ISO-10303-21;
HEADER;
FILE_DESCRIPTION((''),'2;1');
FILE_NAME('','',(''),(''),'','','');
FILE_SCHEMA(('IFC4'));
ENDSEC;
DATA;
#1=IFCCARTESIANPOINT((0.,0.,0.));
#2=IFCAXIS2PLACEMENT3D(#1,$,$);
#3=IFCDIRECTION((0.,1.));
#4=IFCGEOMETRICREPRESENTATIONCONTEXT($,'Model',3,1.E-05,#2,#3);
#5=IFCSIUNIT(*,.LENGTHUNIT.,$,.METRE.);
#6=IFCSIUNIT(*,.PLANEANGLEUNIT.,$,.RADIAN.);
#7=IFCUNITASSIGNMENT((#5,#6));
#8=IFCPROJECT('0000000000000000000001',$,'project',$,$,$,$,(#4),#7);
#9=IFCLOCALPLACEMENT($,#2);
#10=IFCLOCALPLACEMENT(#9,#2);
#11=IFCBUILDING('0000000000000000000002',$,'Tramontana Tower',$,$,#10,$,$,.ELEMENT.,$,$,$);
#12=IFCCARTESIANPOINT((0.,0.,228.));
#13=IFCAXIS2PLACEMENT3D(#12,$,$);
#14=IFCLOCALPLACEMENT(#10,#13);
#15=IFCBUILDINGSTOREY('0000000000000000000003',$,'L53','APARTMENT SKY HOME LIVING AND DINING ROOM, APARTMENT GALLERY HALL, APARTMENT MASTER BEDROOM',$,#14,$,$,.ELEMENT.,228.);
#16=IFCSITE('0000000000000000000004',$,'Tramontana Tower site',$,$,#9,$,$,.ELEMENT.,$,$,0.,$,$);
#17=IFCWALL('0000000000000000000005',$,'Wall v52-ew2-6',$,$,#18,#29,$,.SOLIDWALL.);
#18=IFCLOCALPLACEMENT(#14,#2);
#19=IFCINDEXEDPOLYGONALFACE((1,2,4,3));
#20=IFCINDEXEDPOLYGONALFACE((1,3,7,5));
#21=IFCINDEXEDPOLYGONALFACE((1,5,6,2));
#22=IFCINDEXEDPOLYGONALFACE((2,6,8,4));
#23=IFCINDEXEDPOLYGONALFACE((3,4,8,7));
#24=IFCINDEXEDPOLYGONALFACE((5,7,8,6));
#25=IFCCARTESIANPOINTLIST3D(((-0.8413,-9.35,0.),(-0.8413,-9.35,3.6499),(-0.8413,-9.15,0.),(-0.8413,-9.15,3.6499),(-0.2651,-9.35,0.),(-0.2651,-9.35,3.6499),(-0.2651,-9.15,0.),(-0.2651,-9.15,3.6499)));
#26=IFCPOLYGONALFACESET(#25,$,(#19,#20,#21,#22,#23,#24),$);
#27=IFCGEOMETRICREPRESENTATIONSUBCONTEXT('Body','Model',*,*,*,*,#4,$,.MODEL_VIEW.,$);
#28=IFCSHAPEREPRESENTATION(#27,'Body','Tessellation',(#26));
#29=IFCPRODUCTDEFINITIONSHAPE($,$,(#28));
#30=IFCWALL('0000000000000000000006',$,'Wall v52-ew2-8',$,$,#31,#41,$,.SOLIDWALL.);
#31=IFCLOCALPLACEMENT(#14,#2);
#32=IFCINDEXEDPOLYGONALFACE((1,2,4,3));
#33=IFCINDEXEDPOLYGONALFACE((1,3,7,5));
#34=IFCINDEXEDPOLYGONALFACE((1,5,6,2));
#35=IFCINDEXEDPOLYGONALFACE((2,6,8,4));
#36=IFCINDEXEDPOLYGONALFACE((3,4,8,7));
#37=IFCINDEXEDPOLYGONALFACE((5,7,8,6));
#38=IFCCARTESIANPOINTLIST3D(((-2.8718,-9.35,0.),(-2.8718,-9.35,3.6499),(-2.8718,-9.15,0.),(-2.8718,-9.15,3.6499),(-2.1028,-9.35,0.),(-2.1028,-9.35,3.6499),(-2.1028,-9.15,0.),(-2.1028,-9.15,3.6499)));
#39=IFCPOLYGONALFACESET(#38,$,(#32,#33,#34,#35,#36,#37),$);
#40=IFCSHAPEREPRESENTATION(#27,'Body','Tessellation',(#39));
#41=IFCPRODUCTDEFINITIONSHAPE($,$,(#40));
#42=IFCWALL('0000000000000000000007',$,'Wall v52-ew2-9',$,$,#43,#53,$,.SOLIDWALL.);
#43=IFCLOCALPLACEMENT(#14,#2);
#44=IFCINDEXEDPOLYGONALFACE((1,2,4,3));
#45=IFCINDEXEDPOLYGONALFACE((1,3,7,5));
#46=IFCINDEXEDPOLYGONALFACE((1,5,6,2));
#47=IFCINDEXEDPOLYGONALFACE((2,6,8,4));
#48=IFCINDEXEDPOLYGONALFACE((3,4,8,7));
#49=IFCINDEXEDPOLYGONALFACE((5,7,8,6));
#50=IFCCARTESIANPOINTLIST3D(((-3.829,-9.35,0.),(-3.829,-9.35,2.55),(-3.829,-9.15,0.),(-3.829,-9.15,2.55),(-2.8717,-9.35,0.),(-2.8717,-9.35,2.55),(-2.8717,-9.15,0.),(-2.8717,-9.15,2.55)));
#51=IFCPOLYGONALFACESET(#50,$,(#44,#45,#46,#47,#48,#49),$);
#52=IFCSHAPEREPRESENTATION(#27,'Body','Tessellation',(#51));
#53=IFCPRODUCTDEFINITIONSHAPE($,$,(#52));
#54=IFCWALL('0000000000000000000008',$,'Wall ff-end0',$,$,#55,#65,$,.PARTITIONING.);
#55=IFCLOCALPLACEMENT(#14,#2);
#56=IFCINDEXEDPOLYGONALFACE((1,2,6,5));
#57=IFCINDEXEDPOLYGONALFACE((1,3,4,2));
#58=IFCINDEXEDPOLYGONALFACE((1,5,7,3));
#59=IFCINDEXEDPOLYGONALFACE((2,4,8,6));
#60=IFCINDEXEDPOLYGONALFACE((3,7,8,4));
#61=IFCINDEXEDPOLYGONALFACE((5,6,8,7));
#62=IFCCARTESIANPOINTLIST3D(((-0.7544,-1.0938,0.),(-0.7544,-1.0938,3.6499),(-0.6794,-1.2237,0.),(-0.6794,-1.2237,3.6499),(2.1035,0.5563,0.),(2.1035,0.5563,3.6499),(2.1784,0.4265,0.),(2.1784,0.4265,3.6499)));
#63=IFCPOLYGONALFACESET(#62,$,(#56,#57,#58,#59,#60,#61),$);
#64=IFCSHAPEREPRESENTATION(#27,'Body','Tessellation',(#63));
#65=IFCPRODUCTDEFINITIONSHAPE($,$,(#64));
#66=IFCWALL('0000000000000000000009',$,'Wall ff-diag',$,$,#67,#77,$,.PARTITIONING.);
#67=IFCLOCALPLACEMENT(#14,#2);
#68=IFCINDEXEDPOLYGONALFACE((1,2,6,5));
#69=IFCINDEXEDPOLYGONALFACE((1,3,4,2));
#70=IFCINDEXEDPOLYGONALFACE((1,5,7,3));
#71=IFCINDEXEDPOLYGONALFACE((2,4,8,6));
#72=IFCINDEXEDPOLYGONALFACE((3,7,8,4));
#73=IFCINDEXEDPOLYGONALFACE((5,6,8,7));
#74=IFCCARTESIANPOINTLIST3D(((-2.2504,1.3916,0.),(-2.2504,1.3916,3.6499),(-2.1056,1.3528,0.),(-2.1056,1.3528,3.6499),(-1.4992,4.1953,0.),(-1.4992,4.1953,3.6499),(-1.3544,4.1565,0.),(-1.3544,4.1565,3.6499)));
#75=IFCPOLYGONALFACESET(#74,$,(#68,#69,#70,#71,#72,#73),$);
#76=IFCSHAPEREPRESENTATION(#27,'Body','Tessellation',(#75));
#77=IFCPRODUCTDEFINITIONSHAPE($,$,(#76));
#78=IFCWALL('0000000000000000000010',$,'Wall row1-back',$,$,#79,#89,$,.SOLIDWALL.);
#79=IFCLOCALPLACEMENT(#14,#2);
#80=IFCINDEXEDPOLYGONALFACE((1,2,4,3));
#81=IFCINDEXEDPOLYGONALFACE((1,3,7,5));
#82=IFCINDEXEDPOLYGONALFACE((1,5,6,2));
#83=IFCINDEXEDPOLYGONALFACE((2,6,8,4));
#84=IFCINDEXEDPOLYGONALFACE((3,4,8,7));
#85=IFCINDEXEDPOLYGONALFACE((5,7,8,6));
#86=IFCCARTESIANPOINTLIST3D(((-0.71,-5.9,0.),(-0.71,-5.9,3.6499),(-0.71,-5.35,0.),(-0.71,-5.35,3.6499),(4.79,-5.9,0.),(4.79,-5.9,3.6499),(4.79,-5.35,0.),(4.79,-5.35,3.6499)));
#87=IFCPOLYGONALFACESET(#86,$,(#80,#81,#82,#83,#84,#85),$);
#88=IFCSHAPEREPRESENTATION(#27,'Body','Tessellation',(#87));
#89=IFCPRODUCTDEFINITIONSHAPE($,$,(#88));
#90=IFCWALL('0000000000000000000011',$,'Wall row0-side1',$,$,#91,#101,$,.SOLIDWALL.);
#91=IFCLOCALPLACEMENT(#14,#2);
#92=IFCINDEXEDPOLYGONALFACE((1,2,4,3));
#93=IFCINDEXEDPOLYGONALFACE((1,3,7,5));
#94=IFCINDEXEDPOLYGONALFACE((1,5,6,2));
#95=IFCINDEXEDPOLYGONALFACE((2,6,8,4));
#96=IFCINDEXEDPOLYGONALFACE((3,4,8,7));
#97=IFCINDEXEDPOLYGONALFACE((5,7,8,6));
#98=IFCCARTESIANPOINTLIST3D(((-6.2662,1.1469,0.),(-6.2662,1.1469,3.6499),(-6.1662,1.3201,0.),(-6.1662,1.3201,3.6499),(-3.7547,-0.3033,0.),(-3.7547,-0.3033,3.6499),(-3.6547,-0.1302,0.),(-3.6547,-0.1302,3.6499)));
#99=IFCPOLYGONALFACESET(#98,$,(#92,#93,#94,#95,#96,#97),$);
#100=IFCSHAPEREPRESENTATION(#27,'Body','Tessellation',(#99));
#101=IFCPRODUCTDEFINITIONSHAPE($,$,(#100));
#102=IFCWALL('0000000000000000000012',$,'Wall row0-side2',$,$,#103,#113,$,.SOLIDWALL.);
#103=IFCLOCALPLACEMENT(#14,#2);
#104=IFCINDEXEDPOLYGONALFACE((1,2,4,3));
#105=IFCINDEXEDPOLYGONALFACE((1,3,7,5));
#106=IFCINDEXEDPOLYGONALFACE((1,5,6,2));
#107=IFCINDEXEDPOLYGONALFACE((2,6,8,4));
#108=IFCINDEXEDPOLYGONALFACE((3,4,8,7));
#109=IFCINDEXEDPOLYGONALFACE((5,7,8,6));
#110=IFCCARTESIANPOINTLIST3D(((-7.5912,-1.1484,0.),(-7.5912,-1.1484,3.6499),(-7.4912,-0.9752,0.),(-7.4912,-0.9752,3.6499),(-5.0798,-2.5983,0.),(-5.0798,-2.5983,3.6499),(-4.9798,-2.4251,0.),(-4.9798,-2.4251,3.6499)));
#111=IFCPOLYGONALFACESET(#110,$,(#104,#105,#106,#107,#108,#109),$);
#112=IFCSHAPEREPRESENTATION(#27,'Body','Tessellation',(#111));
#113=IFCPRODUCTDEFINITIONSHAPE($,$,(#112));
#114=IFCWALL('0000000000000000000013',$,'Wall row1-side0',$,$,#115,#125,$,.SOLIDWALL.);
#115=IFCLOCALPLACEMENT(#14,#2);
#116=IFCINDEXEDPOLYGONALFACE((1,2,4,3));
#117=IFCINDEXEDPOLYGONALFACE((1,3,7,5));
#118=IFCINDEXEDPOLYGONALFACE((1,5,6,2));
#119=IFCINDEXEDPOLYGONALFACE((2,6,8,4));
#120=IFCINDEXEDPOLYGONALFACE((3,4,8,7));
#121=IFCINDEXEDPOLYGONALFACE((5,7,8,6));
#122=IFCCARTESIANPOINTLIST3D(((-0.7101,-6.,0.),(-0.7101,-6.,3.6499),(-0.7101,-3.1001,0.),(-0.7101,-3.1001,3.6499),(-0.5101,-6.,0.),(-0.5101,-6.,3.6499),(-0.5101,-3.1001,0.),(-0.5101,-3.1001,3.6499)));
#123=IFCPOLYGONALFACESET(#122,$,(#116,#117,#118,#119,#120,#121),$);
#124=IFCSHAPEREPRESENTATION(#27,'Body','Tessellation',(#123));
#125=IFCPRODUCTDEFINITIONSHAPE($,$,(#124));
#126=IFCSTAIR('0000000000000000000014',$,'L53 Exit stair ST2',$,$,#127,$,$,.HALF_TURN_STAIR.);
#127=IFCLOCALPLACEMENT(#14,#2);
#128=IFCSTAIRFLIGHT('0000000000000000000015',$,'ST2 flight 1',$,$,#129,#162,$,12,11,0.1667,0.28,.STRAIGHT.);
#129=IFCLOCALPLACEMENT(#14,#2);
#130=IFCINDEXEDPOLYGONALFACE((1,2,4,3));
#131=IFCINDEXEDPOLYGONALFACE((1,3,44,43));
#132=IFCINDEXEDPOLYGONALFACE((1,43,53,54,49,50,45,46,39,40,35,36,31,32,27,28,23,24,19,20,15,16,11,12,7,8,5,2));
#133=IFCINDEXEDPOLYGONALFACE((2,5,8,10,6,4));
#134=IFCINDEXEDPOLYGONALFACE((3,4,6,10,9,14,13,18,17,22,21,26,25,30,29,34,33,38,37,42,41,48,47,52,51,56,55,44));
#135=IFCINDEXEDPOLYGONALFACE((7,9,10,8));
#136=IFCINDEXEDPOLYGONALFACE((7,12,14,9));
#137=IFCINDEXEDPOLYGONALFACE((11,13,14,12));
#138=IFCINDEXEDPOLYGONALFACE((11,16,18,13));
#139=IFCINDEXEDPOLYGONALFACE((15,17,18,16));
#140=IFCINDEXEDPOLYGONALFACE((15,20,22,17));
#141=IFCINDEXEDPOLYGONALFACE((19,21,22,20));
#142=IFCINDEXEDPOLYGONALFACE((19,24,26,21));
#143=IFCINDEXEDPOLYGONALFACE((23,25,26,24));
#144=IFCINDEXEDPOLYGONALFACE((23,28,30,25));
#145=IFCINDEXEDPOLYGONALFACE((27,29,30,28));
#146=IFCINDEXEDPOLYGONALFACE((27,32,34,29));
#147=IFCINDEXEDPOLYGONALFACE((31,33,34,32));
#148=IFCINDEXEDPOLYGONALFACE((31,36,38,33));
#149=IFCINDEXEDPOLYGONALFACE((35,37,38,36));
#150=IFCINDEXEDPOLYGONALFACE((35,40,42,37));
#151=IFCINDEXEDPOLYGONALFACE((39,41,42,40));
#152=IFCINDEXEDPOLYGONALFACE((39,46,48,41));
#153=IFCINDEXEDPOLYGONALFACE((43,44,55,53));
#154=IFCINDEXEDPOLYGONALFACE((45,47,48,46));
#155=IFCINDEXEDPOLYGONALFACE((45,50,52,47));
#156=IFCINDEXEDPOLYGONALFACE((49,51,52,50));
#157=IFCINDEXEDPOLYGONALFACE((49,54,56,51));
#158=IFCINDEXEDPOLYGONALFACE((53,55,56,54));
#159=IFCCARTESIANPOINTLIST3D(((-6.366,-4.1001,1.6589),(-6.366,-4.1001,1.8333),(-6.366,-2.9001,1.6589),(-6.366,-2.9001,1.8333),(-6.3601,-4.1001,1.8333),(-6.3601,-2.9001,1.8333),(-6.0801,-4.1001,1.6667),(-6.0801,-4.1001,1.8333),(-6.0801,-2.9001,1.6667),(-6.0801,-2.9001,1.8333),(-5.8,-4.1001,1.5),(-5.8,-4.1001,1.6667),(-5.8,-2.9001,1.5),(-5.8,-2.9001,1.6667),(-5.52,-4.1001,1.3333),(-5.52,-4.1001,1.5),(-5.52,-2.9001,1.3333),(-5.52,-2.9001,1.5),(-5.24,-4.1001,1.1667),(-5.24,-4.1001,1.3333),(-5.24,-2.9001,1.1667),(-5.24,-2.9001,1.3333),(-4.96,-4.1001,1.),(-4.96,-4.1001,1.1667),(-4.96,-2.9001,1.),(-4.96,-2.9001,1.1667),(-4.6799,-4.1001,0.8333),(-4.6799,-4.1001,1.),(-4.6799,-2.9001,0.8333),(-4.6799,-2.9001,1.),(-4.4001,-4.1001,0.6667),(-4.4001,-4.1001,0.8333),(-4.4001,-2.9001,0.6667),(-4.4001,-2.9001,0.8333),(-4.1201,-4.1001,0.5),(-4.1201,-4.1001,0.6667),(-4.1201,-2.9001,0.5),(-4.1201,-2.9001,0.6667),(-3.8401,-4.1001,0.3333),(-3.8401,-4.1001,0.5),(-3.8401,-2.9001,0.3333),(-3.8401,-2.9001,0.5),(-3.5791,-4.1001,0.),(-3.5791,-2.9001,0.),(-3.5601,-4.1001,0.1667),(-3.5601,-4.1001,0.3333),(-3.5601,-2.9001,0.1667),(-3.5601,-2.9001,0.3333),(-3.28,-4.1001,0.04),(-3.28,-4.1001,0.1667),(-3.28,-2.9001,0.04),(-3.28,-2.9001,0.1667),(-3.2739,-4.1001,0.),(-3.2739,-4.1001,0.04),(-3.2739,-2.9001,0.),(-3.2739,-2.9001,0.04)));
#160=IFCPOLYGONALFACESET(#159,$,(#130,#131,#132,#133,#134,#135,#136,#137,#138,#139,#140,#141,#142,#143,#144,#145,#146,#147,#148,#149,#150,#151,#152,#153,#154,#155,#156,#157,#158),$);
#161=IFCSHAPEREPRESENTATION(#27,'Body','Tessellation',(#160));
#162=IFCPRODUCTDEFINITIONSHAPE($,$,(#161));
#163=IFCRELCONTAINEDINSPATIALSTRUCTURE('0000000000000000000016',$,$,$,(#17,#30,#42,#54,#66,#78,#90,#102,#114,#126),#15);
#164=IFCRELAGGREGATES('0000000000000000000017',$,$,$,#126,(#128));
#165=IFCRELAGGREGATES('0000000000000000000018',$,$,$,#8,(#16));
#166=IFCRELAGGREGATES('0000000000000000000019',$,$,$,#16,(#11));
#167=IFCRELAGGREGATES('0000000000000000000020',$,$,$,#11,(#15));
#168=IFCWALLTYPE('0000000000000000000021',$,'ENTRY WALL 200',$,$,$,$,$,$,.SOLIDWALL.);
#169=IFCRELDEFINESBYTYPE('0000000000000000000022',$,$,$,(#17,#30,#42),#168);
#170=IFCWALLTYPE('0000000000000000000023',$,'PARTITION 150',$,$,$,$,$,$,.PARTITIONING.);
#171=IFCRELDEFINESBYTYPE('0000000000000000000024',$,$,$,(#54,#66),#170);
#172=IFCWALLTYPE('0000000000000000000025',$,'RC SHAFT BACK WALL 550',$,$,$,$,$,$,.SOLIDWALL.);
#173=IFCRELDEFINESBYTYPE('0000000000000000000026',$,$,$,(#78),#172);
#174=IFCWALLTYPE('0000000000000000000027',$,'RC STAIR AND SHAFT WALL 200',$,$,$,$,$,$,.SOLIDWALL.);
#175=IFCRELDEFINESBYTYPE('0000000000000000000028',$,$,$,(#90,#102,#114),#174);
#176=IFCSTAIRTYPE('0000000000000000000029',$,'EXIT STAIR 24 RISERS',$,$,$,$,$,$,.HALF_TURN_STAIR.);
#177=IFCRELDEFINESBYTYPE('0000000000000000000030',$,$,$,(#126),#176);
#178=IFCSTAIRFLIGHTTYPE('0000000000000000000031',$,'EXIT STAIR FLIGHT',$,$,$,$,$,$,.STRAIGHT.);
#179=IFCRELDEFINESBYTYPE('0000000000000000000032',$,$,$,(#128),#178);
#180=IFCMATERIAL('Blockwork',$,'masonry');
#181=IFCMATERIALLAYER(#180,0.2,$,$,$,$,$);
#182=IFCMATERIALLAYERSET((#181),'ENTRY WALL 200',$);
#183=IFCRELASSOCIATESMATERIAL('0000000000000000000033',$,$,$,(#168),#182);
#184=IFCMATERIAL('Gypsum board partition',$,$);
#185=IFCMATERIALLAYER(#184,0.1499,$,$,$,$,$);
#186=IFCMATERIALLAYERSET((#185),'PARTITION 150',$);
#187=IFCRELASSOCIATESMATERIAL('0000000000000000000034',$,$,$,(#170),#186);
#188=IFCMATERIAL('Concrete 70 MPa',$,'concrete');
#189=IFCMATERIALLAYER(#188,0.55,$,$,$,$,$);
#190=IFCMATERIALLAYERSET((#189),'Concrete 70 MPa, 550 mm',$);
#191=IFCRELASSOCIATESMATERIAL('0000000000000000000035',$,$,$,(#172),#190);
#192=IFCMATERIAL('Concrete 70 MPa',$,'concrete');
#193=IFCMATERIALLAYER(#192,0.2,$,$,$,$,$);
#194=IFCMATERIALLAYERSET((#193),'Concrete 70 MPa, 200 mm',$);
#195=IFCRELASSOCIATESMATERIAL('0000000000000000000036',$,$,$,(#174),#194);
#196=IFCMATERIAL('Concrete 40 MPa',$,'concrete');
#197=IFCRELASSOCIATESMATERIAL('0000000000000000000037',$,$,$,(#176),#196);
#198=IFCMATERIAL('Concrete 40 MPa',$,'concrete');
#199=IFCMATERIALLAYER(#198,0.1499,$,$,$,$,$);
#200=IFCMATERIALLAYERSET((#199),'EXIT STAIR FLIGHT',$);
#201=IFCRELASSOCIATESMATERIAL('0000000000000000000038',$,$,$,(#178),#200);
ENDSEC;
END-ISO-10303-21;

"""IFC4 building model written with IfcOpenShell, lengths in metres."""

from ifc_helpers import new_model, si_unit, direction, frame, frame_2d, origin, place, context, subcontext, project, spatial, polyline, rectangle, outline, extrude, material, layer, layer_set, type_object, element, aggregate, save


model = new_model("IFC4")

# Units and contexts
model_context = context("Model", 3, precision=1e-05, world=origin(), true_north=direction((0.0, 1.0)))
body_context = subcontext(model_context, "Body", "Model", "MODEL_VIEW")
ifc_project = project(units=[si_unit("LENGTHUNIT", "METRE"), si_unit("PLANEANGLEUNIT", "RADIAN")], contexts=[model_context])

# Site, building, storey
site_placement = place(None, origin())
site = spatial("IfcSite", under=ifc_project, at=site_placement, Name="Tramontana Tower site", CompositionType="ELEMENT", RefElevation=0.0)
building_placement = place(site_placement, origin())
building = spatial("IfcBuilding", under=site, at=building_placement, Name="Tramontana Tower", CompositionType="ELEMENT")
storey_placement = place(building_placement, frame((0.0, 0.0, 228.0)))
storey = spatial("IfcBuildingStorey", under=building, at=storey_placement, Name="L53", Description="APARTMENT SKY HOME LIVING AND DINING ROOM, APARTMENT GALLERY HALL, APARTMENT MASTER BEDROOM", CompositionType="ELEMENT", Elevation=228.0)

# Wall
ifc_material_1 = material(Name="Blockwork", Category="masonry")
ifc_layer_1 = layer(ifc_material_1, 0.2)
ifc_layer_set_1 = layer_set([ifc_layer_1], Name="ENTRY WALL 200")
wall_type_1 = type_object("IfcWallType", Name="ENTRY WALL 200", PredefinedType="SOLIDWALL", material=ifc_layer_set_1)
wall_1_placement = place(storey_placement, frame((-0.2651, -9.25, 0.0), z_axis=(0.0, 0.0, 1.0), x_axis=(-1.0, 0.0, 0.0)))
element("IfcWall", 1, at=wall_1_placement, inside=storey, type_object=wall_type_1, Name="Wall v52-ew2-6", PredefinedType="SOLIDWALL", context=body_context, shape_type="SweptSolid", body=[
    extrude(rectangle(XDim=0.5762, YDim=0.2, at=frame_2d((0.2881, 0.0))), origin(), (0.0, 0.0, 1.0), 3.6499),
])

# Walls
wall_2_placement = place(storey_placement, frame((-2.1028, -9.25, 0.0), z_axis=(0.0, 0.0, 1.0), x_axis=(-1.0, 0.0, 0.0)))
element("IfcWall", 2, at=wall_2_placement, inside=storey, type_object=wall_type_1, Name="Wall v52-ew2-8", PredefinedType="SOLIDWALL", context=body_context, shape_type="SweptSolid", body=[
    extrude(rectangle(XDim=0.769, YDim=0.2, at=frame_2d((0.3845, 0.0))), origin(), (0.0, 0.0, 1.0), 3.6499),
])
wall_3_placement = place(storey_placement, frame((-2.8718, -9.25, 0.0), z_axis=(0.0, 0.0, 1.0), x_axis=(-1.0, 0.0, 0.0)))
element("IfcWall", 3, at=wall_3_placement, inside=storey, type_object=wall_type_1, Name="Wall v52-ew2-9", PredefinedType="SOLIDWALL", context=body_context, shape_type="SweptSolid", body=[
    extrude(rectangle(XDim=0.9573, YDim=0.2, at=frame_2d((0.4785, 0.0))), origin(), (0.0, 0.0, 1.0), 2.55),
])

# Shared definitions
ifc_material_2 = material(Name="Gypsum board partition")
ifc_layer_2 = layer(ifc_material_2, 0.1499)
ifc_layer_set_2 = layer_set([ifc_layer_2], Name="PARTITION 150")
wall_type_2 = type_object("IfcWallType", Name="PARTITION 150", PredefinedType="PARTITIONING", material=ifc_layer_set_2)

# Walls
wall_4_placement = place(storey_placement, frame((-0.7168, -1.1587, 0.0), z_axis=(0.0, 0.0, 1.0), x_axis=(0.866008, 0.50003, 0.0)))
element("IfcWall", 4, at=wall_4_placement, inside=storey, type_object=wall_type_2, Name="Wall ff-end0", PredefinedType="PARTITIONING", context=body_context, shape_type="SweptSolid", body=[
    extrude(rectangle(XDim=3.3, YDim=0.1499, at=frame_2d((1.6499, 0.0))), origin(), (0.0, 0.0, 1.0), 3.6499),
])
wall_5_placement = place(storey_placement, frame((-2.178, 1.3723, 0.0), z_axis=(0.0, 0.0, 1.0), x_axis=(0.258809, 0.965929, 0.0)))
element("IfcWall", 5, at=wall_5_placement, inside=storey, type_object=wall_type_2, Name="Wall ff-diag", PredefinedType="PARTITIONING", context=body_context, shape_type="SweptSolid", body=[
    extrude(rectangle(XDim=2.9026, YDim=0.1499, at=frame_2d((1.4512, 0.0))), origin(), (0.0, 0.0, 1.0), 3.6499),
])
ifc_material_3 = material(Name="Concrete 70 MPa", Category="concrete")
ifc_layer_3 = layer(ifc_material_3, 0.55)
ifc_layer_set_3 = layer_set([ifc_layer_3], Name="Concrete 70 MPa, 550 mm")
wall_type_3 = type_object("IfcWallType", Name="RC SHAFT BACK WALL 550", PredefinedType="SOLIDWALL", material=ifc_layer_set_3)
wall_6_placement = place(storey_placement, frame((-0.71, -5.625, 0.0), z_axis=(0.0, 0.0, 1.0), x_axis=(1.0, 0.0, 0.0)))
element("IfcWall", 6, at=wall_6_placement, inside=storey, type_object=wall_type_3, Name="Wall row1-back", PredefinedType="SOLIDWALL", context=body_context, shape_type="SweptSolid", body=[
    extrude(rectangle(XDim=5.5, YDim=0.55, at=frame_2d((2.75, 0.0))), origin(), (0.0, 0.0, 1.0), 3.6499),
])

# Shared definitions
ifc_material_4 = material(Name="Concrete 70 MPa", Category="concrete")
ifc_layer_4 = layer(ifc_material_4, 0.2)
ifc_layer_set_4 = layer_set([ifc_layer_4], Name="Concrete 70 MPa, 200 mm")
wall_type_4 = type_object("IfcWallType", Name="RC STAIR AND SHAFT WALL 200", PredefinedType="SOLIDWALL", material=ifc_layer_set_4)

# Walls
wall_7_placement = place(storey_placement, frame((-3.7046, -0.2168, 0.0), z_axis=(0.0, 0.0, 1.0), x_axis=(-0.865996, 0.50005, 0.0)))
element("IfcWall", 7, at=wall_7_placement, inside=storey, type_object=wall_type_4, Name="Wall row0-side1", PredefinedType="SOLIDWALL", context=body_context, shape_type="SweptSolid", body=[
    extrude(rectangle(XDim=2.9001, YDim=0.2, at=frame_2d((1.4502, 0.0))), origin(), (0.0, 0.0, 1.0), 3.6499),
])
for number, where, z_axis, x_axis, name in (
    (8, (-5.0298, -2.5117, 0.0), (0.0, 0.0, 1.0), (-0.866033, 0.499987, 0.0), "Wall row0-side2"),
    (9, (-0.6101, -3.1001, 0.0), (0.0, 0.0, 1.0), (0.0, -1.0, 0.0), "Wall row1-side0"),
):
    element("IfcWall", number, at=place(storey_placement, frame(where, z_axis=z_axis, x_axis=x_axis)), inside=storey, type_object=wall_type_4, Name=name, PredefinedType="SOLIDWALL", context=body_context, shape_type="SweptSolid", body=[
        extrude(rectangle(XDim=2.8999, YDim=0.2, at=frame_2d((1.45, 0.0))), origin(), (0.0, 0.0, 1.0), 3.6499),
    ])

# Stair, stair flight
ifc_material_5 = material(Name="Concrete 40 MPa", Category="concrete")
stair_type = type_object("IfcStairType", Name="EXIT STAIR 24 RISERS", PredefinedType="HALF_TURN_STAIR", material=ifc_material_5)
stair_placement = place(storey_placement, origin())
stair = element("IfcStair", 10, at=stair_placement, inside=storey, type_object=stair_type, Name="L53 Exit stair ST2", PredefinedType="HALF_TURN_STAIR")
ifc_material_6 = material(Name="Concrete 40 MPa", Category="concrete")
ifc_layer_5 = layer(ifc_material_6, 0.1499)
ifc_layer_set_5 = layer_set([ifc_layer_5], Name="EXIT STAIR FLIGHT")
stair_flight_type = type_object("IfcStairFlightType", Name="EXIT STAIR FLIGHT", PredefinedType="STRAIGHT", material=ifc_layer_set_5)
stair_flight_1_placement = place(storey_placement, frame((-3.28, -3.5, 0.0), z_axis=(0.0, 0.0, 1.0), x_axis=(-1.0, 0.0, 0.0)))
stair_flight_1 = element("IfcStairFlight", 11, at=stair_flight_1_placement, type_object=stair_flight_type, Name="ST2 flight 1", NumberOfRisers=12, NumberOfTreads=11, PredefinedType="STRAIGHT", RiserHeight=0.1667, TreadLength=0.28, context=body_context, shape_type="SweptSolid", body=[
    extrude(outline(polyline([(-0.0061, 0.0), (-0.0061, 0.04), (0.0, 0.04), (0.0, 0.1667), (0.28, 0.1667), (0.28, 0.3333), (0.5601, 0.3333), (0.5601, 0.5), (0.8401, 0.5), (0.8401, 0.6667), (1.1201, 0.6667), (1.1201, 0.8333), (1.3999, 0.8333), (1.3999, 1.0), (1.6799, 1.0), (1.6799, 1.1667), (1.96, 1.1667), (1.96, 1.3333), (2.24, 1.3333), (2.24, 1.5), (2.52, 1.5), (2.52, 1.6667), (2.8, 1.6667), (2.8, 1.8333), (3.0801, 1.8333), (3.0859, 1.8333), (3.0859, 1.6589), (0.2991, 0.0), (-0.0061, 0.0)])), frame((0.0, 0.6001, 0.0), z_axis=(0.0, -1.0, 0.0), x_axis=(1.0, 0.0, 0.0)), (0.0, 0.0, 1.0), 1.2),
])
aggregate(stair, [stair_flight_1])

save(model, "model.ifc")
